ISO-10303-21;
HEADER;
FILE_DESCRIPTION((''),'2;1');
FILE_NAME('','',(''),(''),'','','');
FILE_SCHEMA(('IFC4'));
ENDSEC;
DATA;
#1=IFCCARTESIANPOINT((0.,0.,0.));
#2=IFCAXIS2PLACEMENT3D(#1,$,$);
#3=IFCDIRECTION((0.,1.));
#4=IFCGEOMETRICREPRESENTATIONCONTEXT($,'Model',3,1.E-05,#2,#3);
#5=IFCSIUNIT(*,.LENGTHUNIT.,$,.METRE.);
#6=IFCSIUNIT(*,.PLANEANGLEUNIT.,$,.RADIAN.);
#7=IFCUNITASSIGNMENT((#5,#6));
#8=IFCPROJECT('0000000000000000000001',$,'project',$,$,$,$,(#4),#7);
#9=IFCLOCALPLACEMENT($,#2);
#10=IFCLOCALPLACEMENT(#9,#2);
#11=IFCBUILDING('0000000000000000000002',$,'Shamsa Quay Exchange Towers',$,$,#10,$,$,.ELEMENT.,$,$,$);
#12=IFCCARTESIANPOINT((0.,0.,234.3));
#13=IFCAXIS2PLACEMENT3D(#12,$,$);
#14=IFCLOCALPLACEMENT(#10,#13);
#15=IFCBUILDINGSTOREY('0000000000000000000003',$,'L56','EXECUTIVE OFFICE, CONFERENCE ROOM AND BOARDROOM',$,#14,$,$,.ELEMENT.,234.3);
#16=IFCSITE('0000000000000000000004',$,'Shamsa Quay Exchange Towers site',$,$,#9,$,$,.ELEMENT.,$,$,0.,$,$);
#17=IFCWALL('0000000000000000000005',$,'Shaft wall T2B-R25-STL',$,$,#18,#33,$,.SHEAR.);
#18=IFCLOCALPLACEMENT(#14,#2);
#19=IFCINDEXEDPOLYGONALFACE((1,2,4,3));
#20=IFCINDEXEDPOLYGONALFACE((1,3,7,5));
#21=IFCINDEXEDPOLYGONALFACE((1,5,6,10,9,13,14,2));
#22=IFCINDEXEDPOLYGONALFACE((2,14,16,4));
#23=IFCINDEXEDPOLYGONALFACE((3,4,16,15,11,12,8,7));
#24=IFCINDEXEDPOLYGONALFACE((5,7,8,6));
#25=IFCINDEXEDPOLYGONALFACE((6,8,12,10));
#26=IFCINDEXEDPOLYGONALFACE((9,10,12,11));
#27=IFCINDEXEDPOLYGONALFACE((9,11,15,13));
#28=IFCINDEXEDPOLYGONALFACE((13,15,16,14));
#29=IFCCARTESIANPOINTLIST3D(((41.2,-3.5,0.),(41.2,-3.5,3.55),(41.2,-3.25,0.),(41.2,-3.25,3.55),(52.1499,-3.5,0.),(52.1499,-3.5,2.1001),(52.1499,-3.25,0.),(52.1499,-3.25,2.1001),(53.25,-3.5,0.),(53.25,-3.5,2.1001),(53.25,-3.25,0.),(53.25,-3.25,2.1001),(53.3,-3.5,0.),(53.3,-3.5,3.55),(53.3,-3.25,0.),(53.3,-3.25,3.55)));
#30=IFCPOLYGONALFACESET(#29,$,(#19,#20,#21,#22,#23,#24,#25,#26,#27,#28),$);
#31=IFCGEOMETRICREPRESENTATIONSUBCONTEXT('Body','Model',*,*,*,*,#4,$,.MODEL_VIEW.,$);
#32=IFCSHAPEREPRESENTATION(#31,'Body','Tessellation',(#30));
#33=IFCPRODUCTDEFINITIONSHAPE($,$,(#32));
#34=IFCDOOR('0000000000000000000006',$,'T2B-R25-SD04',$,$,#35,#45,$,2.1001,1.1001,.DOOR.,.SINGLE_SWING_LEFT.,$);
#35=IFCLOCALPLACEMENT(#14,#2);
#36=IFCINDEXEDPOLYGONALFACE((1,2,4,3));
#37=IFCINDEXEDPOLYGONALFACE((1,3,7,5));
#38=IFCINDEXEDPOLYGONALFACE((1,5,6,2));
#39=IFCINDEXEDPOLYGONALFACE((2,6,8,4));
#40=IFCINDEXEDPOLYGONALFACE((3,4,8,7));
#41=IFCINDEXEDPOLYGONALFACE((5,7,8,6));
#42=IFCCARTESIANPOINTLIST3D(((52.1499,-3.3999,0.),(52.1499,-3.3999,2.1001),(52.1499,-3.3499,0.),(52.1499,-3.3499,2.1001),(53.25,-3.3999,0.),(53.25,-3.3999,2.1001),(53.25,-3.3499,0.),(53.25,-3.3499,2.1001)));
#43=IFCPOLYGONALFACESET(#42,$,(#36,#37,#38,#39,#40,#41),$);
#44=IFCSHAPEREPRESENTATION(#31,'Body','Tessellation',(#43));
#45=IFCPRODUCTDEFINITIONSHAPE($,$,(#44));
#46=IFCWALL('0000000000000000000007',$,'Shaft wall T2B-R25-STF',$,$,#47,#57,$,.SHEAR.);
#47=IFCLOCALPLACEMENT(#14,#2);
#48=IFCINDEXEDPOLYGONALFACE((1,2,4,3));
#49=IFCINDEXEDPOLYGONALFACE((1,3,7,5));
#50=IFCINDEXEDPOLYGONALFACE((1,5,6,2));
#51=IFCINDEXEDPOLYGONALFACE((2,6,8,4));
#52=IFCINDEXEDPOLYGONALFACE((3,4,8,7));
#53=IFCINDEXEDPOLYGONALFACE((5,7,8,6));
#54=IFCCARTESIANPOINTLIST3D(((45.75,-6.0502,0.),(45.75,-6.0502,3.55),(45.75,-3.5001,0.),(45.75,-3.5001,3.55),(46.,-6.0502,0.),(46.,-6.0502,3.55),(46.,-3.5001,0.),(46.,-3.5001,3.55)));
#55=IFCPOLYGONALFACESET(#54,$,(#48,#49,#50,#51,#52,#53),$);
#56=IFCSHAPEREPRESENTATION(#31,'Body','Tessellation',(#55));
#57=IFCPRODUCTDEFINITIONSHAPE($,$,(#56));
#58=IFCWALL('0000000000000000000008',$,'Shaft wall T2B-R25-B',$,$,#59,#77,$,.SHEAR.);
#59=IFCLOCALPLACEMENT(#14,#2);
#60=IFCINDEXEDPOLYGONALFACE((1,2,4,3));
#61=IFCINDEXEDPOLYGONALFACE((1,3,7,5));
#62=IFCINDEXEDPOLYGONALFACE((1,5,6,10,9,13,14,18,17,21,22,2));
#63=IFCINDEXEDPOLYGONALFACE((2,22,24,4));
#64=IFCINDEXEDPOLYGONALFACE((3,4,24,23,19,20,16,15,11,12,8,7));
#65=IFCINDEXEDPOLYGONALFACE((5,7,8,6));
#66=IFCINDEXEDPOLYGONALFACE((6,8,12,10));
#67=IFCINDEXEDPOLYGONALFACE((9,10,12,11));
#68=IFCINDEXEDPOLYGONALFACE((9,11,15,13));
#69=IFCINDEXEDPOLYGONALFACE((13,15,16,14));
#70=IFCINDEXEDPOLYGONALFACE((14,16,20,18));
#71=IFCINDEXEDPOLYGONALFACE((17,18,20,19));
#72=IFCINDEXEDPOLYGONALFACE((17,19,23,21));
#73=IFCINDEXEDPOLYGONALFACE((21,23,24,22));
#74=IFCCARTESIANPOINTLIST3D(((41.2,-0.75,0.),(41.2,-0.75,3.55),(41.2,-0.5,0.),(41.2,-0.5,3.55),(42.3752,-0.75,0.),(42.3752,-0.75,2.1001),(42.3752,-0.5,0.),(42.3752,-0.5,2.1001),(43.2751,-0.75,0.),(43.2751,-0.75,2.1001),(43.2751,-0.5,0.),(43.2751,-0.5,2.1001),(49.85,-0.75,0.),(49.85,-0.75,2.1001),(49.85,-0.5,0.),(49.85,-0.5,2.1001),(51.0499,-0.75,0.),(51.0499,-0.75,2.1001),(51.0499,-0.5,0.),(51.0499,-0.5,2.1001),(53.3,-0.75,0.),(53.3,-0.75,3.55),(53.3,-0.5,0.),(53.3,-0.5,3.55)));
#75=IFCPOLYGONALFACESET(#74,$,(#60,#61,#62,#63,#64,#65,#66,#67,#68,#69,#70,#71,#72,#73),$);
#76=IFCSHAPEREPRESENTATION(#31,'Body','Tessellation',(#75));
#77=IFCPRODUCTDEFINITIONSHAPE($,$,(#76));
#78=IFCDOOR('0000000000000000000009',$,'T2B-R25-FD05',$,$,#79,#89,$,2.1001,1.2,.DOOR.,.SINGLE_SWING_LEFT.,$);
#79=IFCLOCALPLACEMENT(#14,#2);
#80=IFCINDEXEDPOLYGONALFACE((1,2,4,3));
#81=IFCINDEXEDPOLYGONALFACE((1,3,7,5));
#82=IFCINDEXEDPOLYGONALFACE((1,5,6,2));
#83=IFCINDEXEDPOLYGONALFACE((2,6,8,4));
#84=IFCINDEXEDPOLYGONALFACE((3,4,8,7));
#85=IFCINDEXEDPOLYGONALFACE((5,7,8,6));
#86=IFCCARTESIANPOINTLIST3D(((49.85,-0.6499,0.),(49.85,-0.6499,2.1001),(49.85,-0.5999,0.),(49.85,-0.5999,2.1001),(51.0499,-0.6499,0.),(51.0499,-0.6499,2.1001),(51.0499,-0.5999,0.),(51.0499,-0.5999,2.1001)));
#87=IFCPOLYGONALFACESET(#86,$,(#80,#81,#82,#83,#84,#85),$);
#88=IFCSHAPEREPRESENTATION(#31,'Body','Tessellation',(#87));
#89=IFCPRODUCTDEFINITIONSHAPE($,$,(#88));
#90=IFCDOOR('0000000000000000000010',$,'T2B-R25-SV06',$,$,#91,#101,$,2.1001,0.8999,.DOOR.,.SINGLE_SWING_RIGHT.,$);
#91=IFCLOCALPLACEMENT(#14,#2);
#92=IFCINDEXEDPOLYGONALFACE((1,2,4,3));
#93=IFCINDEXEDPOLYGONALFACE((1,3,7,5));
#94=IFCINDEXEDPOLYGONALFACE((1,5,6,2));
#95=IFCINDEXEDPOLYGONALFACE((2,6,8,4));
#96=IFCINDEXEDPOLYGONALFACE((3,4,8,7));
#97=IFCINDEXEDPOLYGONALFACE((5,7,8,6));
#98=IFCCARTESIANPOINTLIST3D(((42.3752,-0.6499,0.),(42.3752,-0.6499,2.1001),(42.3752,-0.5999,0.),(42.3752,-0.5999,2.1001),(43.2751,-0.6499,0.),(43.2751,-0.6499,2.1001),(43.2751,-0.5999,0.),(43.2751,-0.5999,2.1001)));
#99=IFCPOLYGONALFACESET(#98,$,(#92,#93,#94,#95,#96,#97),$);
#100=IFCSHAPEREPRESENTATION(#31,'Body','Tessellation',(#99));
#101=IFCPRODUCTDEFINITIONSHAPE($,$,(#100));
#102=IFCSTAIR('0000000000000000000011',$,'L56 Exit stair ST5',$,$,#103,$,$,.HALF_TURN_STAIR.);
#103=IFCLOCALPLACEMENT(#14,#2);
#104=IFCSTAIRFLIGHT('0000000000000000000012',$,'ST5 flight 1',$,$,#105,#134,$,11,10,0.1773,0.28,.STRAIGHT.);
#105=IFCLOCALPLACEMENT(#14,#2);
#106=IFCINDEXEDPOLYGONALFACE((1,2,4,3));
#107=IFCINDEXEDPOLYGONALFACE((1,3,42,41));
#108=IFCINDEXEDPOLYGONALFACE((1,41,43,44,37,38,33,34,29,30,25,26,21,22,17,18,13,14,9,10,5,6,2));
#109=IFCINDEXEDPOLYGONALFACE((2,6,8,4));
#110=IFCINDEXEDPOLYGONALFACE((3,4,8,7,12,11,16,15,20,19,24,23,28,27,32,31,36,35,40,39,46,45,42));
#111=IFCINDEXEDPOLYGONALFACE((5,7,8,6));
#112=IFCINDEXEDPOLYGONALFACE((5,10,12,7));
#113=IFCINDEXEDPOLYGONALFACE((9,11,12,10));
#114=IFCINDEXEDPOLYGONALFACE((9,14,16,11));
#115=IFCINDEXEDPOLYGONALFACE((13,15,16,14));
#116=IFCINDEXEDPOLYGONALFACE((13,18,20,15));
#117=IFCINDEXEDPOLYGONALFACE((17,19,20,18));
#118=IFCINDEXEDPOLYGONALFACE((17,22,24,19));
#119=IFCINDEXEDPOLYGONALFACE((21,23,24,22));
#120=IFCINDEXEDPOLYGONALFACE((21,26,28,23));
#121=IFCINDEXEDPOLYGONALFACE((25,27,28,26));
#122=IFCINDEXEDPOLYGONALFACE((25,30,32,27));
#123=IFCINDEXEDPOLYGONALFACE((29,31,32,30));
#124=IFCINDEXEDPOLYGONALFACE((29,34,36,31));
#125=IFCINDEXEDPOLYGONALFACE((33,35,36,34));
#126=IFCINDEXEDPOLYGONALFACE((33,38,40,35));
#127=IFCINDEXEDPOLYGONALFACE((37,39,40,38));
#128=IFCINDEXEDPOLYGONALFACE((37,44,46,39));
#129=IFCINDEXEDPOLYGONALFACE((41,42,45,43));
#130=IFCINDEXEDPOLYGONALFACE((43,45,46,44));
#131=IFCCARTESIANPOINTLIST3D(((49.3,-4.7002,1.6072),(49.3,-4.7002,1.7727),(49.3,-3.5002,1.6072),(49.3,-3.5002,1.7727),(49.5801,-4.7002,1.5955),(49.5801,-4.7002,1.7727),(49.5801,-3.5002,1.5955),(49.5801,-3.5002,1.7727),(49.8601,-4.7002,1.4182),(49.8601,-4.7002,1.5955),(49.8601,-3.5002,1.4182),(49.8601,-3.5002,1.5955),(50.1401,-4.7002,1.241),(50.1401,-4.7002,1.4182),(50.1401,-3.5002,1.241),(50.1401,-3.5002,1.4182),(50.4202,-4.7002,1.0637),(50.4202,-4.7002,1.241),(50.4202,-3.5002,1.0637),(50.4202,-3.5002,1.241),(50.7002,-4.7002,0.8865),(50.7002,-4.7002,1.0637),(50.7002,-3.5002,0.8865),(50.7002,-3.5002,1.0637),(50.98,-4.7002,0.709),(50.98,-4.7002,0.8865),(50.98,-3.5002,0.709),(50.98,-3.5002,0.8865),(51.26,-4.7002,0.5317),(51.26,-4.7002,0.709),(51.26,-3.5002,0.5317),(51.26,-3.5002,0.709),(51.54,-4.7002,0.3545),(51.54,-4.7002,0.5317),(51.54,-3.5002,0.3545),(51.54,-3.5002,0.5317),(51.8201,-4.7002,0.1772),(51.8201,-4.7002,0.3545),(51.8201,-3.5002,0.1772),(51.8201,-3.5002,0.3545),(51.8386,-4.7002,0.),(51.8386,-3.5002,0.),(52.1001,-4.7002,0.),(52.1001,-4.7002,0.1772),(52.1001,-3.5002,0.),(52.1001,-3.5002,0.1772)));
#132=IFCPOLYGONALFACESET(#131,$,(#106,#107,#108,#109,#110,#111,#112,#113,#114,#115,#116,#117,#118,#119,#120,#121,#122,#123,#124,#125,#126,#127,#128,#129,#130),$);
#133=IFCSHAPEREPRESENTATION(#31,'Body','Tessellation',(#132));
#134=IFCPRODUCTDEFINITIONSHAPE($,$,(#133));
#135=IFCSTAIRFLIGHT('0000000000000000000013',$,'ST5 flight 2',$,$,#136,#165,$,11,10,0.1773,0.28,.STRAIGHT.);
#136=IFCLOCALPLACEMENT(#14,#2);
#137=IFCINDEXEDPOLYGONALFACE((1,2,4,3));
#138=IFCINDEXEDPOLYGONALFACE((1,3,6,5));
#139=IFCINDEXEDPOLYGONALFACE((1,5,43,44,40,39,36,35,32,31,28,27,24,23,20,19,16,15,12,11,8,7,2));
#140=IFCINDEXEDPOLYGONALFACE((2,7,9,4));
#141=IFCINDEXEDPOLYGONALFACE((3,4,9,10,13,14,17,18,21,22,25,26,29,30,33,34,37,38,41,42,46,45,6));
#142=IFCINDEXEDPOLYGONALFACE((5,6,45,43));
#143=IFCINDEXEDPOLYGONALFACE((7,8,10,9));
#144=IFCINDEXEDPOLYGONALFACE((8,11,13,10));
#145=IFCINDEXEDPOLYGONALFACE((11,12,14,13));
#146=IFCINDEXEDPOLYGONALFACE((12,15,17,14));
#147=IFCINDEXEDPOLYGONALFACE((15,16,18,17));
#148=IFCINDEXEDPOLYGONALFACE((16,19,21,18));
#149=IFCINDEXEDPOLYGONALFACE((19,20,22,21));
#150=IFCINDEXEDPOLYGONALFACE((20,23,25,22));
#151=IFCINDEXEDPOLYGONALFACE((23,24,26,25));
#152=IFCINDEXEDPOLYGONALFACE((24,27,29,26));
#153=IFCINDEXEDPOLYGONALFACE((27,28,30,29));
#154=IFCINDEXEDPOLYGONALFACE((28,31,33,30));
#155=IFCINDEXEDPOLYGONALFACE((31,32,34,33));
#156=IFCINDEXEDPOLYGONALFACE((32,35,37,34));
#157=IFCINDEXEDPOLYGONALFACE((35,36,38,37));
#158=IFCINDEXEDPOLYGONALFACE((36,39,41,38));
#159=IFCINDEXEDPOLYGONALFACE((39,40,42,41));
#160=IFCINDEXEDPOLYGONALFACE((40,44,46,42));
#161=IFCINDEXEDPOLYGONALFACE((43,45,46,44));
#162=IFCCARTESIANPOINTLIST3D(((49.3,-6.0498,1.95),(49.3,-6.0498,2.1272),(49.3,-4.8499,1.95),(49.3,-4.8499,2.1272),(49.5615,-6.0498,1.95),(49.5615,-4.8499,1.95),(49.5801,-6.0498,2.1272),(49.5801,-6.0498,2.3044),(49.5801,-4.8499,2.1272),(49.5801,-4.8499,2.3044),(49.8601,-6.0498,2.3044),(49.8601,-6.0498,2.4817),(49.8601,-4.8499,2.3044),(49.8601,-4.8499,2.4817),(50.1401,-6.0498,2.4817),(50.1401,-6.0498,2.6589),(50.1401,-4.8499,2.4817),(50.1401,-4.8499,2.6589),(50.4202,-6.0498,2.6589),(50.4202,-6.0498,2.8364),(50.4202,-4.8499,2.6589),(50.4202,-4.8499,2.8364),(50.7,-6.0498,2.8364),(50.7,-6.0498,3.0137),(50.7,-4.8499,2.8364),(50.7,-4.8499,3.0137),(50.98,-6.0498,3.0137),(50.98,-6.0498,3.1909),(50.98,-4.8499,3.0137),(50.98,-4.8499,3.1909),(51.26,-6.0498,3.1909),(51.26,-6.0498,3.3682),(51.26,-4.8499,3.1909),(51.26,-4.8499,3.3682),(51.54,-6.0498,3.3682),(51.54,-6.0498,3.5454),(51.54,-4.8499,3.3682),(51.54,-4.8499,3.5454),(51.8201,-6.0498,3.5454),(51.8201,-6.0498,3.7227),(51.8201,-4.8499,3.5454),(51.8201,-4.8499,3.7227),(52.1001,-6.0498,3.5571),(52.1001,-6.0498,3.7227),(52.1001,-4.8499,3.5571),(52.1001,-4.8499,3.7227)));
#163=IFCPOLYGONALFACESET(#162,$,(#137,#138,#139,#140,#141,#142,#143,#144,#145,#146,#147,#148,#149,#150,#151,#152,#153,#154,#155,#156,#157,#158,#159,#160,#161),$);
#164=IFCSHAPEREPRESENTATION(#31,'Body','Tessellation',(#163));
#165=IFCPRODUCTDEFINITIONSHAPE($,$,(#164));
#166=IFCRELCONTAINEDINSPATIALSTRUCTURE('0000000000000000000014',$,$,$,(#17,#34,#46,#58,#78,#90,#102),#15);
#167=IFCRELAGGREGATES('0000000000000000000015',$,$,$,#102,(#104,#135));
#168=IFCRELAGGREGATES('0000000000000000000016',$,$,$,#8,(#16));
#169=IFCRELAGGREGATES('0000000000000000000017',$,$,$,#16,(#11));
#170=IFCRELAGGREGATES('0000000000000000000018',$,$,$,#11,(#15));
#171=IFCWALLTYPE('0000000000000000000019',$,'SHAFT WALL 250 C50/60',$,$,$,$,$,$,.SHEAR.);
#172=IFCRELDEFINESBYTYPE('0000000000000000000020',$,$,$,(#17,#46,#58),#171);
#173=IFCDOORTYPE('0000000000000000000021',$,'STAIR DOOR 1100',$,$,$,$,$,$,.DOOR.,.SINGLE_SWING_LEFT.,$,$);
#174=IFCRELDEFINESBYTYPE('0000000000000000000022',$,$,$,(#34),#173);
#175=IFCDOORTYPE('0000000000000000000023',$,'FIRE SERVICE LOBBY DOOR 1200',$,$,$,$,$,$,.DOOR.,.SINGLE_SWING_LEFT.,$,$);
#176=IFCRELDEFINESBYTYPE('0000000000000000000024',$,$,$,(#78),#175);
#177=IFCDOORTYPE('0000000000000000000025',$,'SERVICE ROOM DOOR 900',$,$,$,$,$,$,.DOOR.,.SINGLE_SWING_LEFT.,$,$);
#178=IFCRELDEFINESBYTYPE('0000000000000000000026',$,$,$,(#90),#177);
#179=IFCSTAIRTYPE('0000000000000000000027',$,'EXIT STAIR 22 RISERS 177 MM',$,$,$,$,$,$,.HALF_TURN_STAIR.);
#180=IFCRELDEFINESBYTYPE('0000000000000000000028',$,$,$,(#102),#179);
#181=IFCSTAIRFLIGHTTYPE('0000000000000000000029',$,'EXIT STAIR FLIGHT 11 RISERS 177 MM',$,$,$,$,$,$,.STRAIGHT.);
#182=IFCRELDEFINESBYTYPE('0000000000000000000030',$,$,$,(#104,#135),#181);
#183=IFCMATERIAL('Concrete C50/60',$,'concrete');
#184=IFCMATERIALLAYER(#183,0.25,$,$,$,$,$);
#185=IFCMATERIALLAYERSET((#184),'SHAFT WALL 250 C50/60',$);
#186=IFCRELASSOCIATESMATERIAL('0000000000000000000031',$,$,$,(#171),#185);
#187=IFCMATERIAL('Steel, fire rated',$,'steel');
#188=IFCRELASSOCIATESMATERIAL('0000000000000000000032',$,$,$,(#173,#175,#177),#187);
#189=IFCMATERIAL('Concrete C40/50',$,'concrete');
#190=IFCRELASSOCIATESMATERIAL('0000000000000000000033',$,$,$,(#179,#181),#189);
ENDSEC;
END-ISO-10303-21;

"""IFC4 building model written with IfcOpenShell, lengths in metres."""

from ifc_helpers import new_model, si_unit, direction, frame, frame_2d, origin, place, context, subcontext, project, spatial, polyline, rectangle, outline, extrude, material, layer, layer_set, type_object, element, fill, aggregate, save


model = new_model("IFC4")

# Units and contexts
model_context = context("Model", 3, precision=1e-05, world=origin(), true_north=direction((0.0, 1.0)))
body_context = subcontext(model_context, "Body", "Model", "MODEL_VIEW")
ifc_project = project(units=[si_unit("LENGTHUNIT", "METRE"), si_unit("PLANEANGLEUNIT", "RADIAN")], contexts=[model_context])

# Site, building, storey
site_placement = place(None, origin())
site = spatial("IfcSite", under=ifc_project, at=site_placement, Name="Shamsa Quay Exchange Towers site", CompositionType="ELEMENT", RefElevation=0.0)
building_placement = place(site_placement, origin())
building = spatial("IfcBuilding", under=site, at=building_placement, Name="Shamsa Quay Exchange Towers", CompositionType="ELEMENT")
storey_placement = place(building_placement, frame((0.0, 0.0, 234.3)))
storey = spatial("IfcBuildingStorey", under=building, at=storey_placement, Name="L56", Description="EXECUTIVE OFFICE, CONFERENCE ROOM AND BOARDROOM", CompositionType="ELEMENT", Elevation=234.3)

# Wall, opening, door
ifc_material_1 = material(Name="Steel, fire rated", Category="steel")
ifc_material_2 = material(Name="Concrete C50/60", Category="concrete")
ifc_layer_1 = layer(ifc_material_2, 0.25)
ifc_layer_set_1 = layer_set([ifc_layer_1], Name="SHAFT WALL 250 C50/60")
wall_type_1 = type_object("IfcWallType", Name="SHAFT WALL 250 C50/60", PredefinedType="SHEAR", material=ifc_layer_set_1)
wall_1_placement = place(storey_placement, frame((53.3, -3.375, 0.0), z_axis=(0.0, 0.0, 1.0), x_axis=(-1.0, 0.0, 0.0)))
wall_1 = element("IfcWall", 1, at=wall_1_placement, inside=storey, type_object=wall_type_1, Name="Shaft wall T2B-R25-STL", PredefinedType="SHEAR", context=body_context, shape_type="SweptSolid", body=[
    extrude(rectangle(XDim=12.1001, YDim=0.25, at=frame_2d((6.05, 0.0))), origin(), (0.0, 0.0, 1.0), 3.55),
])
opening_1_placement = place(wall_1_placement, frame((0.05, 0.0, 0.0)))
opening_1 = element("IfcOpeningElement", 2, at=opening_1_placement, cuts=wall_1, PredefinedType="OPENING", context=body_context, shape_type="SweptSolid", body=[
    extrude(rectangle(XDim=1.1001, YDim=2.1001, at=frame_2d((0.55, 1.05))), frame((0.0, 0.135, 0.0), z_axis=(0.0, -1.0, 0.0), x_axis=(1.0, 0.0, 0.0)), (0.0, 0.0, 1.0), 0.27),
])
door_type_1 = type_object("IfcDoorType", Name="STAIR DOOR 1100", OperationType="SINGLE_SWING_LEFT", PredefinedType="DOOR", material=ifc_material_1)
door_1_placement = place(opening_1_placement, origin())
door_1 = element("IfcDoor", 3, at=door_1_placement, inside=storey, type_object=door_type_1, Name="T2B-R25-SD04", OperationType="SINGLE_SWING_LEFT", OverallHeight=2.1001, OverallWidth=1.1001, PredefinedType="DOOR", context=body_context, shape_type="SweptSolid", body=[
    extrude(rectangle(XDim=1.1001, YDim=2.1001, at=frame_2d((0.55, 1.05))), frame((0.0, 0.0249, 0.0), z_axis=(0.0, -1.0, 0.0), x_axis=(1.0, 0.0, 0.0)), (0.0, 0.0, 1.0), 0.05),
])
fill(opening_1, door_1)

# Wall
wall_2_placement = place(storey_placement, frame((45.875, -6.05, 0.0), z_axis=(0.0, 0.0, 1.0), x_axis=(0.0, 1.0, 0.0)))
element("IfcWall", 4, at=wall_2_placement, inside=storey, type_object=wall_type_1, Name="Shaft wall T2B-R25-STF", PredefinedType="SHEAR", context=body_context, shape_type="SweptSolid", body=[
    extrude(rectangle(XDim=2.55, YDim=0.25, at=frame_2d((1.2749, 0.0))), origin(), (0.0, 0.0, 1.0), 3.55),
])

# Wall, openings, doors
wall_3_placement = place(storey_placement, frame((53.3, -0.625, 0.0), z_axis=(0.0, 0.0, 1.0), x_axis=(-1.0, 0.0, 0.0)))
wall_3 = element("IfcWall", 5, at=wall_3_placement, inside=storey, type_object=wall_type_1, Name="Shaft wall T2B-R25-B", PredefinedType="SHEAR", context=body_context, shape_type="SweptSolid", body=[
    extrude(rectangle(XDim=12.1001, YDim=0.25, at=frame_2d((6.05, 0.0))), origin(), (0.0, 0.0, 1.0), 3.55),
])
opening_2_placement = place(wall_3_placement, frame((2.25, 0.0, 0.0)))
opening_2 = element("IfcOpeningElement", 6, at=opening_2_placement, cuts=wall_3, PredefinedType="OPENING", context=body_context, shape_type="SweptSolid", body=[
    extrude(rectangle(XDim=1.2, YDim=2.1001, at=frame_2d((0.6001, 1.05))), frame((0.0, 0.135, 0.0), z_axis=(0.0, -1.0, 0.0), x_axis=(1.0, 0.0, 0.0)), (0.0, 0.0, 1.0), 0.27),
])
opening_3_placement = place(wall_3_placement, frame((10.0249, 0.0, 0.0)))
opening_3 = element("IfcOpeningElement", 7, at=opening_3_placement, cuts=wall_3, PredefinedType="OPENING", context=body_context, shape_type="SweptSolid", body=[
    extrude(rectangle(XDim=0.8999, YDim=2.1001, at=frame_2d((0.45, 1.05))), frame((0.0, 0.135, 0.0), z_axis=(0.0, -1.0, 0.0), x_axis=(1.0, 0.0, 0.0)), (0.0, 0.0, 1.0), 0.27),
])
door_type_2 = type_object("IfcDoorType", Name="FIRE SERVICE LOBBY DOOR 1200", OperationType="SINGLE_SWING_LEFT", PredefinedType="DOOR", material=ifc_material_1)
door_2_placement = place(opening_2_placement, origin())
door_2 = element("IfcDoor", 8, at=door_2_placement, inside=storey, type_object=door_type_2, Name="T2B-R25-FD05", OperationType="SINGLE_SWING_LEFT", OverallHeight=2.1001, OverallWidth=1.2, PredefinedType="DOOR", context=body_context, shape_type="SweptSolid", body=[
    extrude(rectangle(XDim=1.2, YDim=2.1001, at=frame_2d((0.6001, 1.05))), frame((0.0, 0.0249, 0.0), z_axis=(0.0, -1.0, 0.0), x_axis=(1.0, 0.0, 0.0)), (0.0, 0.0, 1.0), 0.05),
])
fill(opening_2, door_2)
door_type_3 = type_object("IfcDoorType", Name="SERVICE ROOM DOOR 900", OperationType="SINGLE_SWING_LEFT", PredefinedType="DOOR", material=ifc_material_1)
door_3_placement = place(opening_3_placement, origin())
door_3 = element("IfcDoor", 9, at=door_3_placement, inside=storey, type_object=door_type_3, Name="T2B-R25-SV06", OperationType="SINGLE_SWING_RIGHT", OverallHeight=2.1001, OverallWidth=0.8999, PredefinedType="DOOR", context=body_context, shape_type="SweptSolid", body=[
    extrude(rectangle(XDim=0.8999, YDim=2.1001, at=frame_2d((0.45, 1.05))), frame((0.0, 0.0249, 0.0), z_axis=(0.0, -1.0, 0.0), x_axis=(1.0, 0.0, 0.0)), (0.0, 0.0, 1.0), 0.05),
])
fill(opening_3, door_3)

# Stair, stair flights
ifc_material_3 = material(Name="Concrete C40/50", Category="concrete")
stair_type = type_object("IfcStairType", Name="EXIT STAIR 22 RISERS 177 MM", PredefinedType="HALF_TURN_STAIR", material=ifc_material_3)
stair_placement = place(storey_placement, origin())
stair = element("IfcStair", 10, at=stair_placement, inside=storey, type_object=stair_type, Name="L56 Exit stair ST5", PredefinedType="HALF_TURN_STAIR")
stair_flight_type = type_object("IfcStairFlightType", Name="EXIT STAIR FLIGHT 11 RISERS 177 MM", PredefinedType="STRAIGHT", material=ifc_material_3)
stair_flight_1_placement = place(storey_placement, frame((52.1001, -4.1001, 0.0), z_axis=(0.0, 0.0, 1.0), x_axis=(-1.0, 0.0, 0.0)))
stair_flight_1 = element("IfcStairFlight", 11, at=stair_flight_1_placement, type_object=stair_flight_type, Name="ST5 flight 1", NumberOfRisers=11, NumberOfTreads=10, PredefinedType="STRAIGHT", RiserHeight=0.1773, TreadLength=0.28, context=body_context, shape_type="SweptSolid", body=[
    extrude(outline(polyline([(0.0, 0.0), (0.0, 0.1772), (0.28, 0.1772), (0.28, 0.3545), (0.5601, 0.3545), (0.5601, 0.5317), (0.8401, 0.5317), (0.8401, 0.709), (1.1201, 0.709), (1.1201, 0.8865), (1.3999, 0.8865), (1.3999, 1.0637), (1.6799, 1.0637), (1.6799, 1.241), (1.96, 1.241), (1.96, 1.4182), (2.24, 1.4182), (2.24, 1.5955), (2.52, 1.5955), (2.52, 1.7727), (2.8, 1.7727), (2.8, 1.95), (2.8, 1.6072), (0.2615, 0.0), (0.0, 0.0)])), frame((0.0, 0.6001, 0.0), z_axis=(0.0, -1.0, 0.0), x_axis=(1.0, 0.0, 0.0)), (0.0, 0.0, 1.0), 1.2),
])
stair_flight_2_placement = place(storey_placement, frame((49.3, -5.45, 1.95)))
stair_flight_2 = element("IfcStairFlight", 12, at=stair_flight_2_placement, type_object=stair_flight_type, Name="ST5 flight 2", NumberOfRisers=11, NumberOfTreads=10, PredefinedType="STRAIGHT", RiserHeight=0.1773, TreadLength=0.28, context=body_context, shape_type="SweptSolid", body=[
    extrude(outline(polyline([(0.0, 0.0), (0.0, 0.1772), (0.28, 0.1772), (0.28, 0.3545), (0.5601, 0.3545), (0.5601, 0.5317), (0.8401, 0.5317), (0.8401, 0.709), (1.1201, 0.709), (1.1201, 0.8865), (1.3999, 0.8865), (1.3999, 1.0637), (1.6799, 1.0637), (1.6799, 1.241), (1.96, 1.241), (1.96, 1.4182), (2.24, 1.4182), (2.24, 1.5955), (2.52, 1.5955), (2.52, 1.7727), (2.8, 1.7727), (2.8, 1.95), (2.8, 1.6072), (0.2615, 0.0), (0.0, 0.0)])), frame((0.0, 0.6001, 0.0), z_axis=(0.0, -1.0, 0.0), x_axis=(1.0, 0.0, 0.0)), (0.0, 0.0, 1.0), 1.2),
])
aggregate(stair, [stair_flight_1, stair_flight_2])

save(model, "model.ifc")
